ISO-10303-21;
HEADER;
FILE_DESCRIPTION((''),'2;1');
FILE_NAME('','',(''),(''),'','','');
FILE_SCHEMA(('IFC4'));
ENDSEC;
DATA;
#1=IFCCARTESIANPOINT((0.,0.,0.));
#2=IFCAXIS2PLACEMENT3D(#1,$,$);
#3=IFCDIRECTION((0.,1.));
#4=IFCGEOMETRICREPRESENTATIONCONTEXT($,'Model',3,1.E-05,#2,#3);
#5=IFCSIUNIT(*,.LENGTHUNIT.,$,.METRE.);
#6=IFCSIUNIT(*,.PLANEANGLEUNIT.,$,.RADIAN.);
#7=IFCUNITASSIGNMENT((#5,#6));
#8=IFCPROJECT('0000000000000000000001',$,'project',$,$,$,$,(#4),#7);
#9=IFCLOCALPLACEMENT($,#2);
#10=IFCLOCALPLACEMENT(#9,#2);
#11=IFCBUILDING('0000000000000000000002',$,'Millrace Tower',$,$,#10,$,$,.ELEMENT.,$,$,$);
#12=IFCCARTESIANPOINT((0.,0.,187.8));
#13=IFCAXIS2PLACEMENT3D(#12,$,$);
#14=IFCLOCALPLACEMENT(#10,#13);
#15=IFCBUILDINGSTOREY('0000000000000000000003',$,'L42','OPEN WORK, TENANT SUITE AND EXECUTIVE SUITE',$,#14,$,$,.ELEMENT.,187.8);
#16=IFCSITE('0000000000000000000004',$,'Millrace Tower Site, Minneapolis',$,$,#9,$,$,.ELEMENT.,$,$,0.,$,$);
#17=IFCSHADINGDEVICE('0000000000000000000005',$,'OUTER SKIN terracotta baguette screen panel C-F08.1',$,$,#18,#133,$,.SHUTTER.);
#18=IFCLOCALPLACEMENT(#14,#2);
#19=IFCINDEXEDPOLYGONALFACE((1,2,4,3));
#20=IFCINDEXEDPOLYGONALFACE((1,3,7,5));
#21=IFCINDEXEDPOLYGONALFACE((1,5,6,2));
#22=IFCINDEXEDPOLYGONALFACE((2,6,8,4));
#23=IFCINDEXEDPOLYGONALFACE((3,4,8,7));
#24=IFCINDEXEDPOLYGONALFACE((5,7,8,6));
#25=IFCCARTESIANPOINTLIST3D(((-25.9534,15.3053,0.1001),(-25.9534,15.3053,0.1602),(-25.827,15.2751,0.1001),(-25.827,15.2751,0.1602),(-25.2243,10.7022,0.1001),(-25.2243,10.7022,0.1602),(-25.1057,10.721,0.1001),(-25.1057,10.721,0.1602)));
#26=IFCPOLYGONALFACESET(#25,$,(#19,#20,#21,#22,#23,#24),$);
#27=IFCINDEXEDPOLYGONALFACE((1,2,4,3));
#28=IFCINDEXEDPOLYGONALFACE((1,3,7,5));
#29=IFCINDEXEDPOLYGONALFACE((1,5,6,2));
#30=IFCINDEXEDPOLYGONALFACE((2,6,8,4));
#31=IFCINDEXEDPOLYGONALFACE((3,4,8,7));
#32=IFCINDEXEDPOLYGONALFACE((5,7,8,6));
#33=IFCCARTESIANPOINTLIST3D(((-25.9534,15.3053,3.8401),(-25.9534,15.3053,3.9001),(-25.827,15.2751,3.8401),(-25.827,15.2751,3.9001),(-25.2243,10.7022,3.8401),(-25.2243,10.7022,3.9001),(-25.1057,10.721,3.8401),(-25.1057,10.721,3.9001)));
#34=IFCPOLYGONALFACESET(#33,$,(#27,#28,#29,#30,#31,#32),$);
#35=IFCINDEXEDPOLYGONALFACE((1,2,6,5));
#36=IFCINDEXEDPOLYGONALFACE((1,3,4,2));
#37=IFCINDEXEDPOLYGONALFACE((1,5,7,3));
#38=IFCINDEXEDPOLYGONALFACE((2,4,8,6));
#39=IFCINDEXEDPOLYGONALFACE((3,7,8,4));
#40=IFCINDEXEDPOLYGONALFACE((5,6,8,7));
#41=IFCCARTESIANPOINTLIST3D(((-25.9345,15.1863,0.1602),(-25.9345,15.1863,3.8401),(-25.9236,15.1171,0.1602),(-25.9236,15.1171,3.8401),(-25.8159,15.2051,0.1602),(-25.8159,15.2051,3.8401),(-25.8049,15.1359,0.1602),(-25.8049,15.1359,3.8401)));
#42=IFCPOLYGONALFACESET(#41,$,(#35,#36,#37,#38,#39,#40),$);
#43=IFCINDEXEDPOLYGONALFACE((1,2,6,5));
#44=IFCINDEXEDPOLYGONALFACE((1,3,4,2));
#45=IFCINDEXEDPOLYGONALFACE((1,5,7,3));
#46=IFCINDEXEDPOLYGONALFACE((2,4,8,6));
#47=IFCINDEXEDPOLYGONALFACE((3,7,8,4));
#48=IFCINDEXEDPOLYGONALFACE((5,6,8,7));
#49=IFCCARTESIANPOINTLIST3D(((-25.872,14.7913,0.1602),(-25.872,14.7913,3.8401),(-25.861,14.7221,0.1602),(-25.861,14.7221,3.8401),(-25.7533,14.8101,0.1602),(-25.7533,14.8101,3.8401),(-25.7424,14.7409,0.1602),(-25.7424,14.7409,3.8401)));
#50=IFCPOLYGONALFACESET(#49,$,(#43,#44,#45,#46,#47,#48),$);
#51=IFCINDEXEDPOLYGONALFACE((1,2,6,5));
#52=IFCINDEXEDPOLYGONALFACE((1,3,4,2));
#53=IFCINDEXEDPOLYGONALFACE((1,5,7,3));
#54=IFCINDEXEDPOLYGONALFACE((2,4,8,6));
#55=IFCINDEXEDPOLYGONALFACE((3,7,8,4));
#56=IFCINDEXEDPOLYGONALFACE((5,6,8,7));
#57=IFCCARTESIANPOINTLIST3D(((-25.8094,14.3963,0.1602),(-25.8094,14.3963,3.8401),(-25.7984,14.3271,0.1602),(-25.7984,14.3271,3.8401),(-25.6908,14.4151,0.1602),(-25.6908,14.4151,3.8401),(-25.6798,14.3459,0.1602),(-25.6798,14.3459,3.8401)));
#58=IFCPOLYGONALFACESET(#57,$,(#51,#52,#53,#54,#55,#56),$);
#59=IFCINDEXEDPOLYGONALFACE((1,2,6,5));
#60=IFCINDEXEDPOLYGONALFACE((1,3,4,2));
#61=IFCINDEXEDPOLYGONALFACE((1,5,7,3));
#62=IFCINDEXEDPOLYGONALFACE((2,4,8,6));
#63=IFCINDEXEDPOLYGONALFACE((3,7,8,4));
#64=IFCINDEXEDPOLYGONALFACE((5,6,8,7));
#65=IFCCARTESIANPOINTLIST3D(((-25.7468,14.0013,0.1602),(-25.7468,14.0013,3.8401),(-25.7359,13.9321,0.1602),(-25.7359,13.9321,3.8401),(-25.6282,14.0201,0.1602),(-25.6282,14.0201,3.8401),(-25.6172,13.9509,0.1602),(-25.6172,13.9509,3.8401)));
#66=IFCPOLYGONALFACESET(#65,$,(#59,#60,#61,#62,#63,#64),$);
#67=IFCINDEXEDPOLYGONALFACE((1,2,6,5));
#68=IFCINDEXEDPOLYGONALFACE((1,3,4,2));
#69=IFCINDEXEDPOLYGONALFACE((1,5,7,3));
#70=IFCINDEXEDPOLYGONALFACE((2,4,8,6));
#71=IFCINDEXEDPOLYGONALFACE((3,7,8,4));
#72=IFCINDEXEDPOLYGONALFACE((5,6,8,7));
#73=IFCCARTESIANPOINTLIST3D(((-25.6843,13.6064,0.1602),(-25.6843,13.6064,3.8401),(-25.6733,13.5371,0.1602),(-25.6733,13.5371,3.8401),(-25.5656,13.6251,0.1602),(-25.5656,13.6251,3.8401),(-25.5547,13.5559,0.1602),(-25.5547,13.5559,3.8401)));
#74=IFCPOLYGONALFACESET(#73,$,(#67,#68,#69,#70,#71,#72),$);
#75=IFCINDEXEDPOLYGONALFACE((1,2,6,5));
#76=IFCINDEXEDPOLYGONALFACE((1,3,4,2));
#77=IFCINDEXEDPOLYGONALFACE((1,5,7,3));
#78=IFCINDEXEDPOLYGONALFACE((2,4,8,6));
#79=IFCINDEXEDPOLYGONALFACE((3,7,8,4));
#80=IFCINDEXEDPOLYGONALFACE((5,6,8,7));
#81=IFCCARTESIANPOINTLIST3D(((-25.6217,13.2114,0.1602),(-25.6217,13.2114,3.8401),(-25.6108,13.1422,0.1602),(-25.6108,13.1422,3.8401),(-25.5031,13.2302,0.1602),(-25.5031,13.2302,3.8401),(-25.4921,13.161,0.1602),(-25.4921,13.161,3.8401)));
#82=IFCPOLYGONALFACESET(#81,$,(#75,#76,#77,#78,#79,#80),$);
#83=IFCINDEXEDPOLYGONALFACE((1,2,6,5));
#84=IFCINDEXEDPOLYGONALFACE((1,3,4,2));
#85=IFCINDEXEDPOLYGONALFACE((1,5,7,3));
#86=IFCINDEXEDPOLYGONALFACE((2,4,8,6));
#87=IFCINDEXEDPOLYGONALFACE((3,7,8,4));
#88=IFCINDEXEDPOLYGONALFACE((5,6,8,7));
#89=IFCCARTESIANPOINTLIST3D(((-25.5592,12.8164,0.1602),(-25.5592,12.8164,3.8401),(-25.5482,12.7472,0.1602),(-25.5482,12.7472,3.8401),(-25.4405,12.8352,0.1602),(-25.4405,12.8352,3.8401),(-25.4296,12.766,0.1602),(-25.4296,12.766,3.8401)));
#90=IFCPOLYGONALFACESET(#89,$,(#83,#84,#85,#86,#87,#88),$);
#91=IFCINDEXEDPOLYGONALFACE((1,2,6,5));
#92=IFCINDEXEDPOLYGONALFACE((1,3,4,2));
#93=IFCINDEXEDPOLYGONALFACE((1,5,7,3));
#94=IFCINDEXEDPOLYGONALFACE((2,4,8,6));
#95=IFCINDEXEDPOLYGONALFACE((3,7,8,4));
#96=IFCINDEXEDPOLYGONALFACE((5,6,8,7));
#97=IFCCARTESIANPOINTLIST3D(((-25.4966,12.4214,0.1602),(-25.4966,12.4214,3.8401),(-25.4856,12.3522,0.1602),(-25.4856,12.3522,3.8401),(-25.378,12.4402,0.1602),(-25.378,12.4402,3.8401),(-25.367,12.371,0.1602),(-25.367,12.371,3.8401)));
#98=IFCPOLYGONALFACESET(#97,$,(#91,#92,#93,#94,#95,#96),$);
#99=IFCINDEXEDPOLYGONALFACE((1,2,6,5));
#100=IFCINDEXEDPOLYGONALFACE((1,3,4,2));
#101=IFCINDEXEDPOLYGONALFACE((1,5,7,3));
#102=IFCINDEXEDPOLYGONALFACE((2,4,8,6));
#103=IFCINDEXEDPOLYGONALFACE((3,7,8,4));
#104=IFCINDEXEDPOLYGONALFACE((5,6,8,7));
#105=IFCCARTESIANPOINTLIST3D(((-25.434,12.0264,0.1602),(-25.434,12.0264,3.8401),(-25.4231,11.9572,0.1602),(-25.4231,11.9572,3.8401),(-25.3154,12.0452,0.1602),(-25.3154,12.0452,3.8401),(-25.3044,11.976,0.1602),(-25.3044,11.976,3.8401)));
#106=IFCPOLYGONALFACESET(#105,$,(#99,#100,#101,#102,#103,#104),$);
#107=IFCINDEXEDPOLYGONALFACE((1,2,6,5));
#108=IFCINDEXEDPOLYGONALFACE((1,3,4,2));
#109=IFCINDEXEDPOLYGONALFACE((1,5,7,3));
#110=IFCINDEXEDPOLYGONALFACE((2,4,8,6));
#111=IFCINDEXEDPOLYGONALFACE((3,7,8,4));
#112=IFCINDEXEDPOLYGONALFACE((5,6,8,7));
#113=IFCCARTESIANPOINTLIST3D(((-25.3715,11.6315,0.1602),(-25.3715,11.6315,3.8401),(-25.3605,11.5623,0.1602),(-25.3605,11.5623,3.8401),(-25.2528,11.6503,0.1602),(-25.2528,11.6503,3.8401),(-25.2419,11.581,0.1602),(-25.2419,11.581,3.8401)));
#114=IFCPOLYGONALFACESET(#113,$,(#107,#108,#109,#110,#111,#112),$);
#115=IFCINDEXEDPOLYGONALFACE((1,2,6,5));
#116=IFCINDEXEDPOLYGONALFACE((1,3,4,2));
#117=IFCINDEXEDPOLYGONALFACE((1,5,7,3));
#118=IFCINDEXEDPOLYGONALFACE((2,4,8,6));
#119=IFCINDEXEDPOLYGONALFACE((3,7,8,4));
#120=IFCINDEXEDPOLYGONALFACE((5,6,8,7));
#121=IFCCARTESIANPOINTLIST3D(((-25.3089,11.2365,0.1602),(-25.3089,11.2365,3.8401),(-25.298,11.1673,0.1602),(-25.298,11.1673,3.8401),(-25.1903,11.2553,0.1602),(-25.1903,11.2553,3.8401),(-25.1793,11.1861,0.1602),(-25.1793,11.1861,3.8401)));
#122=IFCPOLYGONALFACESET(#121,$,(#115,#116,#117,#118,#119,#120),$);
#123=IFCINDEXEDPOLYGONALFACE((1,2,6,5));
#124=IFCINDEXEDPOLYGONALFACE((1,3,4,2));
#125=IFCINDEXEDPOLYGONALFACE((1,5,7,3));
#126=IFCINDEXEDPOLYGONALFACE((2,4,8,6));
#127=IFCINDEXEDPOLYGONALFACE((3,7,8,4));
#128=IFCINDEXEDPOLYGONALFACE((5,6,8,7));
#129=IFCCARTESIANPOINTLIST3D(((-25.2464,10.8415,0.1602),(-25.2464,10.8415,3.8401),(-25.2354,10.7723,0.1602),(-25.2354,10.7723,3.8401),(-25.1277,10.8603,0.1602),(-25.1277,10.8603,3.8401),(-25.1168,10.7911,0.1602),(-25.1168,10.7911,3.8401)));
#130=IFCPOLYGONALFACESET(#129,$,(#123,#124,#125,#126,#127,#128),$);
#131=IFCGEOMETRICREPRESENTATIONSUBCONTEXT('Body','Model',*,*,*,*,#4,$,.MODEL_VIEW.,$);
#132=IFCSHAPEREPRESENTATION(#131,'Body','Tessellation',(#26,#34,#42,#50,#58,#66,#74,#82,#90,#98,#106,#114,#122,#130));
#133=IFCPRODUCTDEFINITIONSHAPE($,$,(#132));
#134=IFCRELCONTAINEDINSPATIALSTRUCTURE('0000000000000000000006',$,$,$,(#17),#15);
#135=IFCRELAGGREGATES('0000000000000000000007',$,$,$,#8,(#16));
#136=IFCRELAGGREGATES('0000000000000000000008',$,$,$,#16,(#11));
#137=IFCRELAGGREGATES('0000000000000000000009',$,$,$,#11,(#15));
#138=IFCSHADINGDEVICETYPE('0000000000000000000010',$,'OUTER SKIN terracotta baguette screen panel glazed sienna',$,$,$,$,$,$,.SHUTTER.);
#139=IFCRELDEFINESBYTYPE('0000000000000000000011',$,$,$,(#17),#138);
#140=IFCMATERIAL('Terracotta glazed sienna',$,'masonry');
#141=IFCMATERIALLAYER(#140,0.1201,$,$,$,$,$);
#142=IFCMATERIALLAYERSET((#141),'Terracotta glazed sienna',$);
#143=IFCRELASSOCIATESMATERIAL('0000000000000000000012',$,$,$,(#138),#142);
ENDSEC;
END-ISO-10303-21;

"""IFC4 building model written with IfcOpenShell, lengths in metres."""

from ifc_helpers import new_model, entity, si_unit, direction, frame, frame_2d, origin, place, context, subcontext, project, spatial, rectangle, extrude, source, transform, mapped, material, layer, layer_set, type_object, element, save


model = new_model("IFC4")

# Units and contexts
model_context = context("Model", 3, precision=1e-05, world=origin(), true_north=direction((0.0, 1.0)))
body_context = subcontext(model_context, "Body", "Model", "MODEL_VIEW")
ifc_project = project(units=[si_unit("LENGTHUNIT", "METRE"), si_unit("PLANEANGLEUNIT", "RADIAN")], contexts=[model_context])

# Site, building, storey
site_placement = place(None, origin())
site = spatial("IfcSite", under=ifc_project, at=site_placement, Name="Millrace Tower Site, Minneapolis", CompositionType="ELEMENT", RefElevation=0.0)
building_placement = place(site_placement, origin())
building = spatial("IfcBuilding", under=site, at=building_placement, Name="Millrace Tower", CompositionType="ELEMENT")
storey_placement = place(building_placement, frame((0.0, 0.0, 187.8)))
storey = spatial("IfcBuildingStorey", under=building, at=storey_placement, Name="L42", Description="OPEN WORK, TENANT SUITE AND EXECUTIVE SUITE", CompositionType="ELEMENT", Elevation=187.8)

# Shading device
ifc_material_1 = material(Name="Terracotta glazed sienna", Category="masonry")
ifc_layer_1 = layer(ifc_material_1, 0.1201)
ifc_layer_set_1 = layer_set([ifc_layer_1], Name="Terracotta glazed sienna")
shading_device_type = type_object("IfcShadingDeviceType", Name="OUTER SKIN terracotta baguette screen panel glazed sienna", PredefinedType="SHUTTER", material=ifc_layer_set_1)
cartesian_point_1 = entity("IfcCartesianPoint", [-2.293, 0.0601])
shared_polyline_1 = entity("IfcPolyline", [cartesian_point_1, entity("IfcCartesianPoint", [2.3179, 0.0601]), entity("IfcCartesianPoint", [2.3179, -0.0601]), entity("IfcCartesianPoint", [-2.3425, -0.0601]), cartesian_point_1])
shared_shape_1 = source(origin(), body_context, "Body", "SweptSolid", [
    entity("IfcExtrudedAreaSolid", entity("IfcArbitraryClosedProfileDef", "AREA", None, shared_polyline_1), entity("IfcAxis2Placement3D", entity("IfcCartesianPoint", [0.0, 0.0, 0.0])), entity("IfcDirection", [0.0, 0.0, 1.0]), 0.0601),
    entity("IfcExtrudedAreaSolid", entity("IfcArbitraryClosedProfileDef", "AREA", None, shared_polyline_1), entity("IfcAxis2Placement3D", entity("IfcCartesianPoint", [0.0, 0.0, 3.74])), entity("IfcDirection", [0.0, 0.0, 1.0]), 0.0601),
    extrude(rectangle(XDim=0.0701, YDim=0.1201, at=frame_2d((-2.187, 0.0))), frame((0.0, 0.0, 0.0601)), (0.0, 0.0, 1.0), 3.6799),
    extrude(rectangle(XDim=0.0701, YDim=0.1201, at=frame_2d((-1.7871, 0.0))), frame((0.0, 0.0, 0.0601)), (0.0, 0.0, 1.0), 3.6799),
    extrude(rectangle(XDim=0.0701, YDim=0.1201, at=frame_2d((-1.3872, 0.0))), frame((0.0, 0.0, 0.0601)), (0.0, 0.0, 1.0), 3.6799),
    extrude(rectangle(XDim=0.0701, YDim=0.1201, at=frame_2d((-0.9873, 0.0))), frame((0.0, 0.0, 0.0601)), (0.0, 0.0, 1.0), 3.6799),
    extrude(rectangle(XDim=0.0701, YDim=0.1201, at=frame_2d((-0.5874, 0.0))), frame((0.0, 0.0, 0.0601)), (0.0, 0.0, 1.0), 3.6799),
    extrude(rectangle(XDim=0.0701, YDim=0.1201, at=frame_2d((-0.1875, 0.0))), frame((0.0, 0.0, 0.0601)), (0.0, 0.0, 1.0), 3.6799),
    extrude(rectangle(XDim=0.0701, YDim=0.1201, at=frame_2d((0.2124, 0.0))), frame((0.0, 0.0, 0.0601)), (0.0, 0.0, 1.0), 3.6799),
    extrude(rectangle(XDim=0.0701, YDim=0.1201, at=frame_2d((0.6123, 0.0))), frame((0.0, 0.0, 0.0601)), (0.0, 0.0, 1.0), 3.6799),
    extrude(rectangle(XDim=0.0701, YDim=0.1201, at=frame_2d((1.0122, 0.0))), frame((0.0, 0.0, 0.0601)), (0.0, 0.0, 1.0), 3.6799),
    extrude(rectangle(XDim=0.0701, YDim=0.1201, at=frame_2d((1.4121, 0.0))), frame((0.0, 0.0, 0.0601)), (0.0, 0.0, 1.0), 3.6799),
    extrude(rectangle(XDim=0.0701, YDim=0.1201, at=frame_2d((1.812, 0.0))), frame((0.0, 0.0, 0.0601)), (0.0, 0.0, 1.0), 3.6799),
    extrude(rectangle(XDim=0.0701, YDim=0.1201, at=frame_2d((2.2119, 0.0))), frame((0.0, 0.0, 0.0601)), (0.0, 0.0, 1.0), 3.6799),
])
shading_device_1_placement = place(storey_placement, frame((-25.5276, 13.001, 0.1001), z_axis=(0.0, 0.0, 1.0), x_axis=(0.156434, -0.987688, 0.0)))
element("IfcShadingDevice", 1, at=shading_device_1_placement, inside=storey, type_object=shading_device_type, Name="OUTER SKIN terracotta baguette screen panel C-F08.1", PredefinedType="SHUTTER", context=body_context, shape_type="MappedRepresentation", body=[
    mapped(shared_shape_1, transform((0.0, 0.0, 0.0), scale=1.0)),
])

save(model, "model.ifc")
